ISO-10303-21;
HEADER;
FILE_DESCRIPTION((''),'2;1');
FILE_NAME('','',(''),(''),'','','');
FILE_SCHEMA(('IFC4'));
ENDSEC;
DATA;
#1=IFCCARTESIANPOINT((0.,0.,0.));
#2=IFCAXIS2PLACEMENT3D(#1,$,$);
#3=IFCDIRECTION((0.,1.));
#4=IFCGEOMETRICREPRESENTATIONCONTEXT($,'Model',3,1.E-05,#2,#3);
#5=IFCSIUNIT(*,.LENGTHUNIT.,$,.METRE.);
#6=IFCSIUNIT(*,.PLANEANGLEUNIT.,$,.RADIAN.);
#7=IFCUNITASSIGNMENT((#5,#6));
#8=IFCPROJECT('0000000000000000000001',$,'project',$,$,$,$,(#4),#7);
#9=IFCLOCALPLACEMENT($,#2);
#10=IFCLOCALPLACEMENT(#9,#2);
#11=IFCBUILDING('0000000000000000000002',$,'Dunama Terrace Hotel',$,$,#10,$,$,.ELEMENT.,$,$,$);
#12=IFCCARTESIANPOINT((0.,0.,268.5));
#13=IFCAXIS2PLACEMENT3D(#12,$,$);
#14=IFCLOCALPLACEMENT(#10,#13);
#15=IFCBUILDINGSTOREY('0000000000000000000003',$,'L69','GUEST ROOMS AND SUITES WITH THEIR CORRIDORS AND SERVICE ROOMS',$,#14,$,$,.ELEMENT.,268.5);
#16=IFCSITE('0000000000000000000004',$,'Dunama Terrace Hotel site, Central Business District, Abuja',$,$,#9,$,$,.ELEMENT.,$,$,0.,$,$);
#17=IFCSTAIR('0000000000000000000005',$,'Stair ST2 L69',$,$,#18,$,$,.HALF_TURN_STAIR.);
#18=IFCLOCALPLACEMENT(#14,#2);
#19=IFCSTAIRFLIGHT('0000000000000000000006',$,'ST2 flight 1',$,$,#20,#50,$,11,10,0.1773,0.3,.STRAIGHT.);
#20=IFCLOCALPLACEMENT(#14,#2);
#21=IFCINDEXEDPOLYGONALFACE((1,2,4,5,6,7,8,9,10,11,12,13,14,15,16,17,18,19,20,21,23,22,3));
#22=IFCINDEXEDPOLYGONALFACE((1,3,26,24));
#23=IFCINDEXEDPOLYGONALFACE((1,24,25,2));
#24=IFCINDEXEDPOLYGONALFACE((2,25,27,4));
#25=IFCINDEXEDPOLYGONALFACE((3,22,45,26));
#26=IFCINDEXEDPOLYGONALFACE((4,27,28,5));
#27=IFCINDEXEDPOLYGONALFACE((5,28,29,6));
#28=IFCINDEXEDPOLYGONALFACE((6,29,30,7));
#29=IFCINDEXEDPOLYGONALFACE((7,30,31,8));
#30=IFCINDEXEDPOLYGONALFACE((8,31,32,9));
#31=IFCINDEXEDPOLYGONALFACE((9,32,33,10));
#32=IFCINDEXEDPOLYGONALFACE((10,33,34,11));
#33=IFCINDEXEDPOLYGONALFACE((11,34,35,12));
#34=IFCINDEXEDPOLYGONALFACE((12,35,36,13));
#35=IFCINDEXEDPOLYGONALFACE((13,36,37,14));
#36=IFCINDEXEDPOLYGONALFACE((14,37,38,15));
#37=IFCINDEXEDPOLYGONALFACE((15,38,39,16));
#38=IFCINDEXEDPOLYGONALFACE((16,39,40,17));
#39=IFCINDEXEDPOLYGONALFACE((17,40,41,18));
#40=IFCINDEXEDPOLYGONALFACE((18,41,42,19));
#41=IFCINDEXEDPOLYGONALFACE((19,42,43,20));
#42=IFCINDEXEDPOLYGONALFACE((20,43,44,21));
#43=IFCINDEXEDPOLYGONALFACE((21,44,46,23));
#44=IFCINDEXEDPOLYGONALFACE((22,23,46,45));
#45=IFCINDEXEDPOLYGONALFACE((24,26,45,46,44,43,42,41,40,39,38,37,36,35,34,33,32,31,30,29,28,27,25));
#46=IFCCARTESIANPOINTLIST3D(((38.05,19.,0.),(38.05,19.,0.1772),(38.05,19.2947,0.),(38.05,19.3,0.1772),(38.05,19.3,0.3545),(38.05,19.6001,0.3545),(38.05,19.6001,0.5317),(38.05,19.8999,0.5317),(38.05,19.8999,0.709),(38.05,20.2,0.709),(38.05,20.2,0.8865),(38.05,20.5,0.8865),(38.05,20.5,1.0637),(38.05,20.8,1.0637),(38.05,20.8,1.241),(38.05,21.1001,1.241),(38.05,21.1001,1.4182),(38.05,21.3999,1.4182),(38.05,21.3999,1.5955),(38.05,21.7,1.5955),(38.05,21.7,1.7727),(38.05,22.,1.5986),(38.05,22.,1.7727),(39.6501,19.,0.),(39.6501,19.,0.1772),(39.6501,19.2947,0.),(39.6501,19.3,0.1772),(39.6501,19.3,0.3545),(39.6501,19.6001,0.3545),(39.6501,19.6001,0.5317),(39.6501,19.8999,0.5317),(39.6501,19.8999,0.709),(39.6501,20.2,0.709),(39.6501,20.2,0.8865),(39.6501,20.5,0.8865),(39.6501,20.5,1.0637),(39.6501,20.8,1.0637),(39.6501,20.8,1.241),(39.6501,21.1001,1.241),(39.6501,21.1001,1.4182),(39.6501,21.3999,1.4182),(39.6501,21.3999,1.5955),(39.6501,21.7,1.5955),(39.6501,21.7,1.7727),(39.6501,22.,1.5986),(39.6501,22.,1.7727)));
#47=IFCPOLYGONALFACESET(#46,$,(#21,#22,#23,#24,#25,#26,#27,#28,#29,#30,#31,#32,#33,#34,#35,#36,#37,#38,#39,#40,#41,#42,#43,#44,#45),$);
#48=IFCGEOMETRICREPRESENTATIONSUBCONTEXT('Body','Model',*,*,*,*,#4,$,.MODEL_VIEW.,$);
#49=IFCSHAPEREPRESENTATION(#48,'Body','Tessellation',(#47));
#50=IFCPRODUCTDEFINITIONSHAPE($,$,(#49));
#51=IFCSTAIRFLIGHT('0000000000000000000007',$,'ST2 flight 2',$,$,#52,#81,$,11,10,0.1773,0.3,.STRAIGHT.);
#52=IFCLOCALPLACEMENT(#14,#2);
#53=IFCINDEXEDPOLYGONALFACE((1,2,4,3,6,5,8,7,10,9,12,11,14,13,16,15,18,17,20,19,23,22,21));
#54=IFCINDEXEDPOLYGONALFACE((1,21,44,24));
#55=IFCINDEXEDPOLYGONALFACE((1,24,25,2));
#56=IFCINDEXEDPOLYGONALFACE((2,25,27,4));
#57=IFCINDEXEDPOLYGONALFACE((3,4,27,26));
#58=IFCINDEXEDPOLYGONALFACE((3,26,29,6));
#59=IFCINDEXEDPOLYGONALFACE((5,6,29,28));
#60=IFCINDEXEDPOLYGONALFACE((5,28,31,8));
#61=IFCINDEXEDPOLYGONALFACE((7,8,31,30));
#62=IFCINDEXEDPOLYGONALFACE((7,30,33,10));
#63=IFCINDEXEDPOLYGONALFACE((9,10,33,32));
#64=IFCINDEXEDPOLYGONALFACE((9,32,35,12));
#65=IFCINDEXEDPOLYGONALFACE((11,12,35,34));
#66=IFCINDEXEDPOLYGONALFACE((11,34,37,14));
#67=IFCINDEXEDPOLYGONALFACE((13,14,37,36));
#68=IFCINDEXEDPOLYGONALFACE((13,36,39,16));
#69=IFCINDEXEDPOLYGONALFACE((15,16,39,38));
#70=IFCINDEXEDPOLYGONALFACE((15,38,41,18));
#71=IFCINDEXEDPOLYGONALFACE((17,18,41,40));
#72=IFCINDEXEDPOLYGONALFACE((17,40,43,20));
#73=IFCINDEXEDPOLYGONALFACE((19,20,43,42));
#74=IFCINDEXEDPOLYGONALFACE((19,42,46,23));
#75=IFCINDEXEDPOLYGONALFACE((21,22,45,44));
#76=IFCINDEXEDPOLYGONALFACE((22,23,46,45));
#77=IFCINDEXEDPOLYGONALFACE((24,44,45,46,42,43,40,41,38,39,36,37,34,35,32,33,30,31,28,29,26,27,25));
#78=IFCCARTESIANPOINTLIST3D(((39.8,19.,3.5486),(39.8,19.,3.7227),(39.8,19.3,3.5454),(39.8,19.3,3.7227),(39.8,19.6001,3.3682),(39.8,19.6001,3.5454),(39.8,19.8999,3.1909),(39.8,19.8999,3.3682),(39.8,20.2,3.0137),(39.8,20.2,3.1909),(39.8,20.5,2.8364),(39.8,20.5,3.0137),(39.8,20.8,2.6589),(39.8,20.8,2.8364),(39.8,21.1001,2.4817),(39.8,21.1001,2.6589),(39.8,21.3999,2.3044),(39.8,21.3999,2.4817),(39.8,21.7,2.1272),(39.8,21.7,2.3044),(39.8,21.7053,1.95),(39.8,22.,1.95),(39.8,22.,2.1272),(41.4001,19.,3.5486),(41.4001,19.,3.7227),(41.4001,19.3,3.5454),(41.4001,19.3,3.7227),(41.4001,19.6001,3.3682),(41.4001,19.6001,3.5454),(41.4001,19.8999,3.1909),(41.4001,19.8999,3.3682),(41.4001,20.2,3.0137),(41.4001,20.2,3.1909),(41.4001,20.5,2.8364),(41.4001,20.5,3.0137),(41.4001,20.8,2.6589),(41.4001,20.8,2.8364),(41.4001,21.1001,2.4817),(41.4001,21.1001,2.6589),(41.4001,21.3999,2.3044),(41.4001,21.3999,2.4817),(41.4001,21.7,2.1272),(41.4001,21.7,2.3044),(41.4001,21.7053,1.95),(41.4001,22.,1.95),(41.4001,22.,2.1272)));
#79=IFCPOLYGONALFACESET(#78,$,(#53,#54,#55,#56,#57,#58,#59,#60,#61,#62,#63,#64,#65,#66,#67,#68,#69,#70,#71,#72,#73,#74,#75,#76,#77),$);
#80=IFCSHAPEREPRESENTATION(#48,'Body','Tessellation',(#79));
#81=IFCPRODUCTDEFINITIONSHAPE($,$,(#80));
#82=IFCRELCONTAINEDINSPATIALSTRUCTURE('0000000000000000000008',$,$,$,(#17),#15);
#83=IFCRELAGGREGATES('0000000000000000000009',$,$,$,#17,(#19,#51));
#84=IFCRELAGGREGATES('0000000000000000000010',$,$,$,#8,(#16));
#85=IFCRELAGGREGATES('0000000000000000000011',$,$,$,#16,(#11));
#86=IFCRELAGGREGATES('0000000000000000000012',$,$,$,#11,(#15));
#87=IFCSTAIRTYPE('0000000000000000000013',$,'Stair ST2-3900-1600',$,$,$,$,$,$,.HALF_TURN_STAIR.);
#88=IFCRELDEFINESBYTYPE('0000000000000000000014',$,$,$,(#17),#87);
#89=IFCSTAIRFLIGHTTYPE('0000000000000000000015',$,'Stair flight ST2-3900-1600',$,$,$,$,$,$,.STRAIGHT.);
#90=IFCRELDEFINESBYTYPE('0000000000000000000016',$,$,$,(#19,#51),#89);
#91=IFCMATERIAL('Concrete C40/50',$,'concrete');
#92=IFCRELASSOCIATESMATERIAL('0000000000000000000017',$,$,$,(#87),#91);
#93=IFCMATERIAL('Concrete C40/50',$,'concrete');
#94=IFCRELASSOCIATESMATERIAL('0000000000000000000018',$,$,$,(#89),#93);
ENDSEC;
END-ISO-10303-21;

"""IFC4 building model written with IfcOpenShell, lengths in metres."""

from ifc_helpers import new_model, si_unit, direction, frame, origin, place, context, subcontext, project, spatial, polyline, outline, extrude, material, type_object, element, aggregate, save


model = new_model("IFC4")

# Units and contexts
model_context = context("Model", 3, precision=1e-05, world=origin(), true_north=direction((0.0, 1.0)))
body_context = subcontext(model_context, "Body", "Model", "MODEL_VIEW")
ifc_project = project(units=[si_unit("LENGTHUNIT", "METRE"), si_unit("PLANEANGLEUNIT", "RADIAN")], contexts=[model_context])

# Site, building, storey
site_placement = place(None, origin())
site = spatial("IfcSite", under=ifc_project, at=site_placement, Name="Dunama Terrace Hotel site, Central Business District, Abuja", CompositionType="ELEMENT", RefElevation=0.0)
building_placement = place(site_placement, origin())
building = spatial("IfcBuilding", under=site, at=building_placement, Name="Dunama Terrace Hotel", CompositionType="ELEMENT")
storey_placement = place(building_placement, frame((0.0, 0.0, 268.5)))
storey = spatial("IfcBuildingStorey", under=building, at=storey_placement, Name="L69", Description="GUEST ROOMS AND SUITES WITH THEIR CORRIDORS AND SERVICE ROOMS", CompositionType="ELEMENT", Elevation=268.5)

# Stair, stair flights
ifc_material_1 = material(Name="Concrete C40/50", Category="concrete")
stair_type = type_object("IfcStairType", Name="Stair ST2-3900-1600", PredefinedType="HALF_TURN_STAIR", material=ifc_material_1)
stair_placement = place(storey_placement, origin())
stair = element("IfcStair", 1, at=stair_placement, inside=storey, type_object=stair_type, Name="Stair ST2 L69", PredefinedType="HALF_TURN_STAIR")
ifc_material_2 = material(Name="Concrete C40/50", Category="concrete")
stair_flight_type = type_object("IfcStairFlightType", Name="Stair flight ST2-3900-1600", PredefinedType="STRAIGHT", material=ifc_material_2)
stair_flight_1_placement = place(storey_placement, frame((38.8501, 19.0, 0.0), z_axis=(0.0, 0.0, 1.0), x_axis=(0.0, 1.0, 0.0)))
stair_flight_1 = element("IfcStairFlight", 2, at=stair_flight_1_placement, type_object=stair_flight_type, Name="ST2 flight 1", NumberOfRisers=11, NumberOfTreads=10, PredefinedType="STRAIGHT", RiserHeight=0.1773, TreadLength=0.3, context=body_context, shape_type="SweptSolid", body=[
    extrude(outline(polyline([(0.0, 0.0), (0.0, 0.1772), (0.3, 0.1772), (0.3, 0.3545), (0.6001, 0.3545), (0.6001, 0.5317), (0.8999, 0.5317), (0.8999, 0.709), (1.2, 0.709), (1.2, 0.8865), (1.5, 0.8865), (1.5, 1.0637), (1.8, 1.0637), (1.8, 1.241), (2.1001, 1.241), (2.1001, 1.4182), (2.3999, 1.4182), (2.3999, 1.5955), (2.7, 1.5955), (2.7, 1.7727), (3.0, 1.7727), (3.0, 1.95), (3.0, 1.5986), (0.2947, 0.0), (0.0, 0.0)])), frame((0.0, 0.8, 0.0), z_axis=(0.0, -1.0, 0.0), x_axis=(1.0, 0.0, 0.0)), (0.0, 0.0, 1.0), 1.6001),
])
stair_flight_2_placement = place(storey_placement, frame((40.6001, 22.0, 1.95), z_axis=(0.0, 0.0, 1.0), x_axis=(0.0, -1.0, 0.0)))
stair_flight_2 = element("IfcStairFlight", 3, at=stair_flight_2_placement, type_object=stair_flight_type, Name="ST2 flight 2", NumberOfRisers=11, NumberOfTreads=10, PredefinedType="STRAIGHT", RiserHeight=0.1773, TreadLength=0.3, context=body_context, shape_type="SweptSolid", body=[
    extrude(outline(polyline([(0.0, 0.0), (0.0, 0.1772), (0.3, 0.1772), (0.3, 0.3545), (0.6001, 0.3545), (0.6001, 0.5317), (0.8999, 0.5317), (0.8999, 0.709), (1.2, 0.709), (1.2, 0.8865), (1.5, 0.8865), (1.5, 1.0637), (1.8, 1.0637), (1.8, 1.241), (2.1001, 1.241), (2.1001, 1.4182), (2.3999, 1.4182), (2.3999, 1.5955), (2.7, 1.5955), (2.7, 1.7727), (3.0, 1.7727), (3.0, 1.95), (3.0, 1.5986), (0.2947, 0.0), (0.0, 0.0)])), frame((0.0, 0.8, 0.0), z_axis=(0.0, -1.0, 0.0), x_axis=(1.0, 0.0, 0.0)), (0.0, 0.0, 1.0), 1.6001),
])
aggregate(stair, [stair_flight_1, stair_flight_2])

save(model, "model.ifc")
